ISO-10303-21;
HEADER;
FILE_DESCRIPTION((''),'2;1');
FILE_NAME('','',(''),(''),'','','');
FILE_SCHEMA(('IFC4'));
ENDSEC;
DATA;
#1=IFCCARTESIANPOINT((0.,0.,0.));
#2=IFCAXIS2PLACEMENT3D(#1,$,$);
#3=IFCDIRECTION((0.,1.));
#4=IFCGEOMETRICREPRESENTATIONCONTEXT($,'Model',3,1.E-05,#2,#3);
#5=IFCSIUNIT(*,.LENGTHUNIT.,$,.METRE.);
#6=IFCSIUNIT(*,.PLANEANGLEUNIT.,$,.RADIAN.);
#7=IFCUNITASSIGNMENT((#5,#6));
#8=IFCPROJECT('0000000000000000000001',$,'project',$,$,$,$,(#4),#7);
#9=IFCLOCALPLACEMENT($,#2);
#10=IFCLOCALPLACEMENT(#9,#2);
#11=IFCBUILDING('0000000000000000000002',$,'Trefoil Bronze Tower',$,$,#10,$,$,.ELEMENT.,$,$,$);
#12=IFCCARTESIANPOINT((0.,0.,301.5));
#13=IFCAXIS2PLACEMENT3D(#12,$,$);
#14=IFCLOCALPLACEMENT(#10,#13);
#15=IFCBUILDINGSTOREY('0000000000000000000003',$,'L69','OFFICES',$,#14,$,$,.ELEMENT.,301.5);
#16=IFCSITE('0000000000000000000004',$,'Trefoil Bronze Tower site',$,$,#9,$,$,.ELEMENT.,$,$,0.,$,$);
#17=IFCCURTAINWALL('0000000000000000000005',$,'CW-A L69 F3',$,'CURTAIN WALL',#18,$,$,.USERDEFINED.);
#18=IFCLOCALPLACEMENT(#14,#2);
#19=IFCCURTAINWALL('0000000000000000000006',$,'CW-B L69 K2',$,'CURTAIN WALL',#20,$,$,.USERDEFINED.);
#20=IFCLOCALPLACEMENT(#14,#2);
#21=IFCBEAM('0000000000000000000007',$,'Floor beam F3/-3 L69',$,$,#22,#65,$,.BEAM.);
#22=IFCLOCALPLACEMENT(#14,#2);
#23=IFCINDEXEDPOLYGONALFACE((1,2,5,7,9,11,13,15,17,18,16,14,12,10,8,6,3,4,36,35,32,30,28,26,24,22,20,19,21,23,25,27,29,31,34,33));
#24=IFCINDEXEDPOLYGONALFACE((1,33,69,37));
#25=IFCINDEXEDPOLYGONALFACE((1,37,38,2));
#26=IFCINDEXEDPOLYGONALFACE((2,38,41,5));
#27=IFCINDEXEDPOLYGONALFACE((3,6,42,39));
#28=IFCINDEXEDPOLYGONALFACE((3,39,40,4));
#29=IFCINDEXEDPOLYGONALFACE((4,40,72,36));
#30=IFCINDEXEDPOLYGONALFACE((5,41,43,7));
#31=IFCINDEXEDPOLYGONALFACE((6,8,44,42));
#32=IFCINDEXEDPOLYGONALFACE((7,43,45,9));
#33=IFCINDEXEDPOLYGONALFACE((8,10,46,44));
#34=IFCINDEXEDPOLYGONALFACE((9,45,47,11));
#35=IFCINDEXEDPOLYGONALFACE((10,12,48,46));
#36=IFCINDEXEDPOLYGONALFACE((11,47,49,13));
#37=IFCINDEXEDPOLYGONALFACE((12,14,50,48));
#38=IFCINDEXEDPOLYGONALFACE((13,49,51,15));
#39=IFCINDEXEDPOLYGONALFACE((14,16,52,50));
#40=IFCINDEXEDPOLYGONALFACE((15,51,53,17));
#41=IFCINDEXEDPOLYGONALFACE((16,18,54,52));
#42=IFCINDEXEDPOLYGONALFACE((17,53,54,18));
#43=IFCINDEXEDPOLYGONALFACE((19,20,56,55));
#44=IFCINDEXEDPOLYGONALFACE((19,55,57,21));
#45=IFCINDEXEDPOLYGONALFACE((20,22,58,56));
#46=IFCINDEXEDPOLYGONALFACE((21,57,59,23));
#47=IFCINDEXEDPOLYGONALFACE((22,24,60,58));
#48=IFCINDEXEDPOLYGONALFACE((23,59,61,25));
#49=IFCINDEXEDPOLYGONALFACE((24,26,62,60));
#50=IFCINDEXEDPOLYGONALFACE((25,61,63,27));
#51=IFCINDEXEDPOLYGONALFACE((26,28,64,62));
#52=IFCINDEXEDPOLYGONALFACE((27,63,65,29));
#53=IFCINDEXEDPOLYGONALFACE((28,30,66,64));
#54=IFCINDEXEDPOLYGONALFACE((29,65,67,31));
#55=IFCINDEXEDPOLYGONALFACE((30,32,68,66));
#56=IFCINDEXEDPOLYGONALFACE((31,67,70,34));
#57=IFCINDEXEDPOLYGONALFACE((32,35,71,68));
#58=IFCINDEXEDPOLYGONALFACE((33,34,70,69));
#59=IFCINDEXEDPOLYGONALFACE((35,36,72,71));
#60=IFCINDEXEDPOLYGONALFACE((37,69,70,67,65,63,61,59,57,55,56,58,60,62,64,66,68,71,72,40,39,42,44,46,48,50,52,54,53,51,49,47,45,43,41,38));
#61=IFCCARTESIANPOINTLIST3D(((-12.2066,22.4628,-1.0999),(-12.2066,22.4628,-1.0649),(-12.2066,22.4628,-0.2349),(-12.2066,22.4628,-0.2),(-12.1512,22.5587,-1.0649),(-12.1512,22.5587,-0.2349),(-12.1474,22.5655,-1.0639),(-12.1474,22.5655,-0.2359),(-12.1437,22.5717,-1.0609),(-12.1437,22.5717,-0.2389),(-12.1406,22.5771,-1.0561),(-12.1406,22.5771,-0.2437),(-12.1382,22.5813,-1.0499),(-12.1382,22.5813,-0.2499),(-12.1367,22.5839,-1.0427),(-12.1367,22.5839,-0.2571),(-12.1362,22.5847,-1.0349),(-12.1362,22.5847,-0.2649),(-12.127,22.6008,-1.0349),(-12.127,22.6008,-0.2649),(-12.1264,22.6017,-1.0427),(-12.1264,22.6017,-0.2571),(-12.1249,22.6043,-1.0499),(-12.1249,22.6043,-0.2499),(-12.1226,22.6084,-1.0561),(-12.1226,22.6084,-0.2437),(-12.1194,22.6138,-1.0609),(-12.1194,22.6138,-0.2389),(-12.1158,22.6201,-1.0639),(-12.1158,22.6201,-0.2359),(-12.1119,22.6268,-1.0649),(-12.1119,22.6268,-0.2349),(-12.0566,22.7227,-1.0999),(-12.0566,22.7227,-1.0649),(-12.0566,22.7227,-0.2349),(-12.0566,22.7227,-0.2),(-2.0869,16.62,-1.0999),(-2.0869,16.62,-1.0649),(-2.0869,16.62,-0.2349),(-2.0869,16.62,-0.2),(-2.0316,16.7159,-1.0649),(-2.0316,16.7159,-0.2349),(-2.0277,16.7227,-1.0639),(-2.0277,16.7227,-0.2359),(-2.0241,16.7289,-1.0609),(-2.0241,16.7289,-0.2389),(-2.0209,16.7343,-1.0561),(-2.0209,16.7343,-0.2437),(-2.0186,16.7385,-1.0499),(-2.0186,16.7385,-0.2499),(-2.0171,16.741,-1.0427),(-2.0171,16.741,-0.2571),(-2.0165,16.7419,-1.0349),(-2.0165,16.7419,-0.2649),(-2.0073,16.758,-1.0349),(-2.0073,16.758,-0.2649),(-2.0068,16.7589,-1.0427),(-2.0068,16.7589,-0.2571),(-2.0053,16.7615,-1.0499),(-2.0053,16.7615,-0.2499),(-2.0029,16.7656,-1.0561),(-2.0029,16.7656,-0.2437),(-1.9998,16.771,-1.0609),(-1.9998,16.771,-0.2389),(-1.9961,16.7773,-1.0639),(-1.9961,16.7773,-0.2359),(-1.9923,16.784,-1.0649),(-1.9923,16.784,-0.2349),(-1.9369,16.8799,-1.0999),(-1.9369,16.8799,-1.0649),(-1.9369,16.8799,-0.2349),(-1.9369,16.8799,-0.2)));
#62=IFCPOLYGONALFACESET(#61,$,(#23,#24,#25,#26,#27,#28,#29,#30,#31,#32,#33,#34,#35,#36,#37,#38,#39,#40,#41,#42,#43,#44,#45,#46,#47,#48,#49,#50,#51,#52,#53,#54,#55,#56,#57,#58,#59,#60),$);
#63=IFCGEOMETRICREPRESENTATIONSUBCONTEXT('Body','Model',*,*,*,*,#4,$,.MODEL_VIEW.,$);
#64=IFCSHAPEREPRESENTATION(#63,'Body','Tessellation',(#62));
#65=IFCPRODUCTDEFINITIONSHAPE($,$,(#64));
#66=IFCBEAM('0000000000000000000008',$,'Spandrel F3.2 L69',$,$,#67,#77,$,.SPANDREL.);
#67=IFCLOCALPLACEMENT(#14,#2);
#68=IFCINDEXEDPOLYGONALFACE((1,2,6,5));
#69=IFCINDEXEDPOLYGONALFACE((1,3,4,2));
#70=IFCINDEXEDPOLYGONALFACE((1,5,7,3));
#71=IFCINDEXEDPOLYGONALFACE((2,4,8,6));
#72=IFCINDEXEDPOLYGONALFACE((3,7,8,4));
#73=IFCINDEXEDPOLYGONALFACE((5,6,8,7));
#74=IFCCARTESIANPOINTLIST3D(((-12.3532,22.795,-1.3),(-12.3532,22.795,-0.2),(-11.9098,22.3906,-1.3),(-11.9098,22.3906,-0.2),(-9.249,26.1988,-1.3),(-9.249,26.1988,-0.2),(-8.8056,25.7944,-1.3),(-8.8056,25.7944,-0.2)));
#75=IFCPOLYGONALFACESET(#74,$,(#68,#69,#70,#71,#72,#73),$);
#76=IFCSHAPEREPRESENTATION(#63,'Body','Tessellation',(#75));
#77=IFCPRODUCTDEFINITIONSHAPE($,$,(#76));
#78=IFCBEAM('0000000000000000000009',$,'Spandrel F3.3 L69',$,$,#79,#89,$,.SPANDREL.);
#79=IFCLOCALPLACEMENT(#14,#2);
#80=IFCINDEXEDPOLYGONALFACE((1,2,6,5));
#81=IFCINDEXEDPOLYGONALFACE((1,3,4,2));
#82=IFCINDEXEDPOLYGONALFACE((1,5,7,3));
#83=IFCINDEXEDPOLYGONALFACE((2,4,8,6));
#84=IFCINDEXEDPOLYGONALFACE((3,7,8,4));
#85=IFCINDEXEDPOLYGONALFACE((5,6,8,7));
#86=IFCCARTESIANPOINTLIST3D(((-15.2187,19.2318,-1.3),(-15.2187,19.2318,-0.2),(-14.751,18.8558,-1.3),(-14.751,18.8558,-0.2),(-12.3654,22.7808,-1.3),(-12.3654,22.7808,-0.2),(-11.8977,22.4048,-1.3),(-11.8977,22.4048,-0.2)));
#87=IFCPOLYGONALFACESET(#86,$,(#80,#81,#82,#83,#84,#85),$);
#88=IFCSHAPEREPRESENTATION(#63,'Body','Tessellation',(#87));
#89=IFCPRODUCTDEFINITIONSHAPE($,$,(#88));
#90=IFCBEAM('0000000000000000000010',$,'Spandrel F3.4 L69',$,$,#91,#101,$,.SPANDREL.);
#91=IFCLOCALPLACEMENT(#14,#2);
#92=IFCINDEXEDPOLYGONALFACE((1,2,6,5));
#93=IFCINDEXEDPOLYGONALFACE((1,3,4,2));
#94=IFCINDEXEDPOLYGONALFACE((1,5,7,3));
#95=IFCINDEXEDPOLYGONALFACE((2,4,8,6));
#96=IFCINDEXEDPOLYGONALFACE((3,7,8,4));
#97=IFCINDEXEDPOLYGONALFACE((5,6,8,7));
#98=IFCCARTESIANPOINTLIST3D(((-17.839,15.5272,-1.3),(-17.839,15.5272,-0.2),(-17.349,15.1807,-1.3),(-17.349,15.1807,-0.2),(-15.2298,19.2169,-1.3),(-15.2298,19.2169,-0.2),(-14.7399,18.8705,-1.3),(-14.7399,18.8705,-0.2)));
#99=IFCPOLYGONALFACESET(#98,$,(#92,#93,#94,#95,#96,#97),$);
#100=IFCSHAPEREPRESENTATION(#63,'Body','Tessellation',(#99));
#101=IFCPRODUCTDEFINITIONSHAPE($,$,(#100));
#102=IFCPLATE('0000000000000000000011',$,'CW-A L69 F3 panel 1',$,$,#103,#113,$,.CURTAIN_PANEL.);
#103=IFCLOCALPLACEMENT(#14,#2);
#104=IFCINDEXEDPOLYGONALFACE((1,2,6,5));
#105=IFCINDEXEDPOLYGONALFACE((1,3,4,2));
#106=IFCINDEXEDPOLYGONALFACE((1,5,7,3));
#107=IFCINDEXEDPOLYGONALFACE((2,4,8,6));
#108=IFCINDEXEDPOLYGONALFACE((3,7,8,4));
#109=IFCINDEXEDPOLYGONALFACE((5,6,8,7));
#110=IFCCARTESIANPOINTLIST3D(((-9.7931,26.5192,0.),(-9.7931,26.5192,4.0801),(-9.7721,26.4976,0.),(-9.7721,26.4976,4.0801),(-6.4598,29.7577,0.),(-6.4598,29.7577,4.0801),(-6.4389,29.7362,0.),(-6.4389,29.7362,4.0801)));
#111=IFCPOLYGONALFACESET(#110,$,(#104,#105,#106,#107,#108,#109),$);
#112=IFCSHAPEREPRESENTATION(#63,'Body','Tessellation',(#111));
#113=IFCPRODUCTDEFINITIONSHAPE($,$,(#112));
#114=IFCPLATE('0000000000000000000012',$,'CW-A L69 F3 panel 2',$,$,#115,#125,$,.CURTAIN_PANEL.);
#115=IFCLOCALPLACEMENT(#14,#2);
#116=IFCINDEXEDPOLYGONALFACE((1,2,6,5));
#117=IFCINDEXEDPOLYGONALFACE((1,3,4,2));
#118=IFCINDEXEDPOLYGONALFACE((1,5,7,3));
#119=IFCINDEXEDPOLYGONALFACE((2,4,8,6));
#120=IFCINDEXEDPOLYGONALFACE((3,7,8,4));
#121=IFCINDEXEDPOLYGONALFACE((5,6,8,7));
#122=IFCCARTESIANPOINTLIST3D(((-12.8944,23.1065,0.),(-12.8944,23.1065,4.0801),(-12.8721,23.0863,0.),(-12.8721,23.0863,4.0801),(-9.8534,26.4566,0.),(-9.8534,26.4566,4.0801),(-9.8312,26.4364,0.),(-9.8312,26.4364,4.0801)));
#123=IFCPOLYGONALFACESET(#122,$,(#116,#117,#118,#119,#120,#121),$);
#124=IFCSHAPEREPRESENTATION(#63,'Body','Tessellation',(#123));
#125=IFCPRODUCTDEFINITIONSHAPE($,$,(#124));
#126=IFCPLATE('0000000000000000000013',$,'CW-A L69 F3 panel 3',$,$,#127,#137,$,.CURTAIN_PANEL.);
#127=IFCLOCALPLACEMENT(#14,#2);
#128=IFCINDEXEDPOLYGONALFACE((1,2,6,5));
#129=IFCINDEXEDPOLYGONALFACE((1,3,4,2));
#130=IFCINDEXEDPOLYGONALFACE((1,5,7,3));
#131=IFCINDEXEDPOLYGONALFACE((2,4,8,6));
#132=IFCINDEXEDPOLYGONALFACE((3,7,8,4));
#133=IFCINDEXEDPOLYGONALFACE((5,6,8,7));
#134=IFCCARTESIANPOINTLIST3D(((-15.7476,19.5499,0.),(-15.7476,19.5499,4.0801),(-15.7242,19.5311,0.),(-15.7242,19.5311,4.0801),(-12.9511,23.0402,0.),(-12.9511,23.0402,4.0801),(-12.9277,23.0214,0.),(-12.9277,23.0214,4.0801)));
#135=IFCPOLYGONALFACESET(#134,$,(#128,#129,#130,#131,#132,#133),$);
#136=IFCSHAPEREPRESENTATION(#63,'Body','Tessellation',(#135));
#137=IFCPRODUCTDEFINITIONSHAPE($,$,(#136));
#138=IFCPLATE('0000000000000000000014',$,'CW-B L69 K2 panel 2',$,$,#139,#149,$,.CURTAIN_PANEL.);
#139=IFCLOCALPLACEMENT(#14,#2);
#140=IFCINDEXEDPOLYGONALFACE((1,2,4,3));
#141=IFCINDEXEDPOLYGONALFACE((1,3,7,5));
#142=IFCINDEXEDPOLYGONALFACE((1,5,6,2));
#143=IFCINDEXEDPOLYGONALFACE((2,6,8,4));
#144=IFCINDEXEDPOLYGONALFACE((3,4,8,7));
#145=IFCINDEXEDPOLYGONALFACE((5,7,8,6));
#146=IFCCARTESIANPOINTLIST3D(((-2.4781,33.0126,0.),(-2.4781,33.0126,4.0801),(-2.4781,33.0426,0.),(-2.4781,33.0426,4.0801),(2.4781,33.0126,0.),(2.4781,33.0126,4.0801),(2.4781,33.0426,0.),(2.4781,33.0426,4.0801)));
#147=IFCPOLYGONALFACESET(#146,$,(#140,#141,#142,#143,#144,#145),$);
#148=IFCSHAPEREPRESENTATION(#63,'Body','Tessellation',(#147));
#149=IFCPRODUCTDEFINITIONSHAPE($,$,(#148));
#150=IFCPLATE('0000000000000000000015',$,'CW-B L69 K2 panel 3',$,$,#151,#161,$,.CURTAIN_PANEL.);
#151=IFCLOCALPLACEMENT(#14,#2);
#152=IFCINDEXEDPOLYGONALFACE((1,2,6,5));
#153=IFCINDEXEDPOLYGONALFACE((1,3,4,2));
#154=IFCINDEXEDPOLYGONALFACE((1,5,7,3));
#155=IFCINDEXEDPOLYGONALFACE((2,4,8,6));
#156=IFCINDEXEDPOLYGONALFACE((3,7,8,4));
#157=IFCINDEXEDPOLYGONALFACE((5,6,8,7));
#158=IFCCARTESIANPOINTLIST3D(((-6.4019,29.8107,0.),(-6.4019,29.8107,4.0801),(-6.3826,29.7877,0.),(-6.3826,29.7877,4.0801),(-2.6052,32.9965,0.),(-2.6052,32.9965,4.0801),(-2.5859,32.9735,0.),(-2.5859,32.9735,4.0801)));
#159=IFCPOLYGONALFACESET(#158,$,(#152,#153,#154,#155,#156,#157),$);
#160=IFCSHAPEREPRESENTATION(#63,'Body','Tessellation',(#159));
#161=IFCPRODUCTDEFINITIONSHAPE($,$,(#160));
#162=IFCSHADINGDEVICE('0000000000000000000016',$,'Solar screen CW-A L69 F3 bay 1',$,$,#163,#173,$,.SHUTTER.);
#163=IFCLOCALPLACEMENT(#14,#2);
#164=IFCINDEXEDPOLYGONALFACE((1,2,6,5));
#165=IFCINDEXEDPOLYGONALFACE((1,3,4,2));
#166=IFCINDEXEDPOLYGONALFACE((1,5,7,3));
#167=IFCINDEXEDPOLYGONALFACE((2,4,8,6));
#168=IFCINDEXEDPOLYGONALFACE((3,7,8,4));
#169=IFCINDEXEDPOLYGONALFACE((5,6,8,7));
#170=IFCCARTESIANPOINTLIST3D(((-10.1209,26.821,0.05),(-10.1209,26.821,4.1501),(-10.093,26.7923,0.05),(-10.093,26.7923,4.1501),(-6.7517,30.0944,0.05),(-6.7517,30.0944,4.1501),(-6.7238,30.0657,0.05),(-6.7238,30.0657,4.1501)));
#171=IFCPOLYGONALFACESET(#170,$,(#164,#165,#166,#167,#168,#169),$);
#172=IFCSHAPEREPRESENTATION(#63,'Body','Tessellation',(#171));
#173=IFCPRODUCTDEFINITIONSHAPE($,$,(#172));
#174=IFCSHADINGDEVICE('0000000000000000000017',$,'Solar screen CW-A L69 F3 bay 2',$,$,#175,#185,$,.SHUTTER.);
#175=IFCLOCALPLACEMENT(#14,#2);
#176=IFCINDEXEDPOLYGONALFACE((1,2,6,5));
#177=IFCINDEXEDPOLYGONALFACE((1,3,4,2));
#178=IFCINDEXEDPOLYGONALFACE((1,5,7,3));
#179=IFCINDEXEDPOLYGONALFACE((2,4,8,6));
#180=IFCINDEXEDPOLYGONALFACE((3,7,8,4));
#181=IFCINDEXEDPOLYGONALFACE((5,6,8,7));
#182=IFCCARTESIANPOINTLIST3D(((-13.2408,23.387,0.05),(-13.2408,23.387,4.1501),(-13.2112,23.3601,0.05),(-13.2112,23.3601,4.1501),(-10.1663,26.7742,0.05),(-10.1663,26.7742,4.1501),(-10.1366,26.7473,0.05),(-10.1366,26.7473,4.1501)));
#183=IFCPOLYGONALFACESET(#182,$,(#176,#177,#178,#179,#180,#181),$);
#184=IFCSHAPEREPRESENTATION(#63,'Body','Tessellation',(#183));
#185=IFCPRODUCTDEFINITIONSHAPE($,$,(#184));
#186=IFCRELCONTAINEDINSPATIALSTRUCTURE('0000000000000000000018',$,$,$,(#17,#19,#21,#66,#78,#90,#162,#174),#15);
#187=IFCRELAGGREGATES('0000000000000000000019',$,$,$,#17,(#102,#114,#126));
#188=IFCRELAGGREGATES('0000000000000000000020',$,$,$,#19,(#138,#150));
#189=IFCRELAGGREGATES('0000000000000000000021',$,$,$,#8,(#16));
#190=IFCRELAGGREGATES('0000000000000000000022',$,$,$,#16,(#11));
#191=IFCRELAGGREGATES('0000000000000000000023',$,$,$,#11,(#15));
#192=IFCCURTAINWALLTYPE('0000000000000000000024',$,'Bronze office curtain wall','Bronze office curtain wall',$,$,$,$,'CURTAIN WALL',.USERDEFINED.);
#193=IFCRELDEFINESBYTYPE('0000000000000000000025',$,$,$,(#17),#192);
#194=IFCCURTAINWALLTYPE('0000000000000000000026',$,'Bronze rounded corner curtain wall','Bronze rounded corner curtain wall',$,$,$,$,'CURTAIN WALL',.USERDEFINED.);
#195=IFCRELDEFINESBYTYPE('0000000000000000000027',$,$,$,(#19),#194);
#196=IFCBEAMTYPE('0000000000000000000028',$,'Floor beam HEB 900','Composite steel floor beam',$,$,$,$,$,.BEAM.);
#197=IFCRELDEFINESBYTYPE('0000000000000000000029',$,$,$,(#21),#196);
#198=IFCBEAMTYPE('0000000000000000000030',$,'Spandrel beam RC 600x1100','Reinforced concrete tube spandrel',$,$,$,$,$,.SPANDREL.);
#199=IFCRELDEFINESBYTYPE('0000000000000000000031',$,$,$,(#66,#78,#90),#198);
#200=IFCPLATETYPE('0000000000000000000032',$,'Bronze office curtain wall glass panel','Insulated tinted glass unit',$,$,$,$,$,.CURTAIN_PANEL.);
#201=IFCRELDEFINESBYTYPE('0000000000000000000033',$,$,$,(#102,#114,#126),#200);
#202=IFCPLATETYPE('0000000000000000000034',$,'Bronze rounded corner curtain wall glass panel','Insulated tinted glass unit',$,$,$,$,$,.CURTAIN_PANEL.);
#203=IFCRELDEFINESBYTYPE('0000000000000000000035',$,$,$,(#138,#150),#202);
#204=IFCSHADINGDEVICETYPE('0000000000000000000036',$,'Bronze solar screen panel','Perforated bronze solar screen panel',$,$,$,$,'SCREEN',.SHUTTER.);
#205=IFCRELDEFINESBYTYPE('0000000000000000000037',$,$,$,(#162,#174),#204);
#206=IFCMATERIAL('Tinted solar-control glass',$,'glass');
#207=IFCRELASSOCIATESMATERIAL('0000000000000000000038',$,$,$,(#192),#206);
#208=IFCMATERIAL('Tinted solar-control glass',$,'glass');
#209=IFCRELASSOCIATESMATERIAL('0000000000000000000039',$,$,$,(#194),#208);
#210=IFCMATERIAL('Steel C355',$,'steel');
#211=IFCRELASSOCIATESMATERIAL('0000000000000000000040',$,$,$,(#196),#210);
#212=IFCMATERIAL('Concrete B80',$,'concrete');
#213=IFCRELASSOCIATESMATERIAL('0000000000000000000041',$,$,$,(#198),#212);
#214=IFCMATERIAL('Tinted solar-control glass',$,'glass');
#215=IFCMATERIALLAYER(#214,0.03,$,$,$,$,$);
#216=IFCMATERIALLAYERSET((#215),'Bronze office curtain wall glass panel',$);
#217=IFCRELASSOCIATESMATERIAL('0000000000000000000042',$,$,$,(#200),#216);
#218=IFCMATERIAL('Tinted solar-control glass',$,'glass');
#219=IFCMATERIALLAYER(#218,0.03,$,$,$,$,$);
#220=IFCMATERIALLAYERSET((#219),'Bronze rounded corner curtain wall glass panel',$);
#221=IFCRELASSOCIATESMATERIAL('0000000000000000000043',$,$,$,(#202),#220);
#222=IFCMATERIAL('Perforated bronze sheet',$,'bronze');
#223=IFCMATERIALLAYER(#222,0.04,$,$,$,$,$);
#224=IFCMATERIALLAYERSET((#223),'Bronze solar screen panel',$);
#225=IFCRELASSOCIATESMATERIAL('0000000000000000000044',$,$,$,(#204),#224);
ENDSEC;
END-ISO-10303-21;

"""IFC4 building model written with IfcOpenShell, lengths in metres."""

from ifc_helpers import new_model, si_unit, direction, frame, origin, origin_2d, place, context, subcontext, project, spatial, rectangle, i_section, extrude, material, layer, layer_set, material_profile, profile_set, type_object, element, aggregate, save


model = new_model("IFC4")

# Units and contexts
model_context = context("Model", 3, precision=1e-05, world=origin(), true_north=direction((0.0, 1.0)))
body_context = subcontext(model_context, "Body", "Model", "MODEL_VIEW")
ifc_project = project(units=[si_unit("LENGTHUNIT", "METRE"), si_unit("PLANEANGLEUNIT", "RADIAN")], contexts=[model_context])

# Site, building, storey
site_placement = place(None, origin())
site = spatial("IfcSite", under=ifc_project, at=site_placement, Name="Trefoil Bronze Tower site", CompositionType="ELEMENT", RefElevation=0.0)
building_placement = place(site_placement, origin())
building = spatial("IfcBuilding", under=site, at=building_placement, Name="Trefoil Bronze Tower", CompositionType="ELEMENT")
storey_placement = place(building_placement, frame((0.0, 0.0, 301.5)))
storey = spatial("IfcBuildingStorey", under=building, at=storey_placement, Name="L69", Description="OFFICES", CompositionType="ELEMENT", Elevation=301.5)

# Curtain walls
ifc_material_1 = material(Name="Tinted solar-control glass", Category="glass")
curtain_wall_type_1 = type_object("IfcCurtainWallType", Name="Bronze office curtain wall", Description="Bronze office curtain wall", ElementType="CURTAIN WALL", PredefinedType="USERDEFINED", material=ifc_material_1)
curtain_wall_1_placement = place(storey_placement, origin())
curtain_wall_1 = element("IfcCurtainWall", 1, at=curtain_wall_1_placement, inside=storey, type_object=curtain_wall_type_1, Name="CW-A L69 F3", ObjectType="CURTAIN WALL", PredefinedType="USERDEFINED")
ifc_material_2 = material(Name="Tinted solar-control glass", Category="glass")
curtain_wall_type_2 = type_object("IfcCurtainWallType", Name="Bronze rounded corner curtain wall", Description="Bronze rounded corner curtain wall", ElementType="CURTAIN WALL", PredefinedType="USERDEFINED", material=ifc_material_2)
curtain_wall_2_placement = place(storey_placement, origin())
curtain_wall_2 = element("IfcCurtainWall", 2, at=curtain_wall_2_placement, inside=storey, type_object=curtain_wall_type_2, Name="CW-B L69 K2", ObjectType="CURTAIN WALL", PredefinedType="USERDEFINED")

# Beams
ifc_material_3 = material(Name="Steel C355", Category="steel")
ifc_material_profile_1 = material_profile(ifc_material_3, i_section(OverallWidth=0.3, OverallDepth=0.8999, WebThickness=0.0186, FlangeThickness=0.0349, FilletRadius=0.03, at=origin_2d()), Name="HEB 900")
ifc_profile_set_1 = profile_set([ifc_material_profile_1], Name="Steel C355")
beam_type_1 = type_object("IfcBeamType", Name="Floor beam HEB 900", Description="Composite steel floor beam", PredefinedType="BEAM", material=ifc_profile_set_1)
beam_1_placement = place(storey_placement, frame((-12.1316, 22.5928, -0.6499), z_axis=(0.866018, -0.500013, 0.0), x_axis=(0.500013, 0.866018, 0.0)))
element("IfcBeam", 3, at=beam_1_placement, inside=storey, type_object=beam_type_1, Name="Floor beam F3/-3 L69", PredefinedType="BEAM", context=body_context, shape_type="SweptSolid", body=[
    extrude(i_section(OverallWidth=0.3, OverallDepth=0.8999, WebThickness=0.0186, FlangeThickness=0.0349, FilletRadius=0.03, at=origin_2d()), origin(), (0.0, 0.0, 1.0), 11.6853),
])
ifc_material_4 = material(Name="Concrete B80", Category="concrete")
ifc_material_profile_2 = material_profile(ifc_material_4, rectangle(XDim=0.6001, YDim=1.1001, at=origin_2d()), Name="RC 600x1100")
ifc_profile_set_2 = profile_set([ifc_material_profile_2], Name="Concrete B80")
beam_type_2 = type_object("IfcBeamType", Name="Spandrel beam RC 600x1100", Description="Reinforced concrete tube spandrel", PredefinedType="SPANDREL", material=ifc_profile_set_2)
beam_2_placement = place(storey_placement, frame((-9.0273, 25.9966, -0.75), z_axis=(-0.673846, -0.738872, 0.0), x_axis=(0.738872, -0.673846, 0.0)))
element("IfcBeam", 4, at=beam_2_placement, inside=storey, type_object=beam_type_2, Name="Spandrel F3.2 L69", PredefinedType="SPANDREL", context=body_context, shape_type="SweptSolid", body=[
    extrude(rectangle(XDim=0.6001, YDim=1.1001, at=origin_2d()), origin(), (0.0, 0.0, 1.0), 4.6067),
])
beam_3_placement = place(storey_placement, frame((-12.1316, 22.5928, -0.75), z_axis=(-0.62657, -0.779365, 0.0), x_axis=(0.779365, -0.62657, 0.0)))
element("IfcBeam", 5, at=beam_3_placement, inside=storey, type_object=beam_type_2, Name="Spandrel F3.3 L69", PredefinedType="SPANDREL", context=body_context, shape_type="SweptSolid", body=[
    extrude(rectangle(XDim=0.6001, YDim=1.1001, at=origin_2d()), origin(), (0.0, 0.0, 1.0), 4.5537),
])
beam_4_placement = place(storey_placement, frame((-14.9849, 19.0437, -0.75), z_axis=(-0.577368, -0.816484, 0.0), x_axis=(0.816484, -0.577368, 0.0)))
element("IfcBeam", 6, at=beam_4_placement, inside=storey, type_object=beam_type_2, Name="Spandrel F3.4 L69", PredefinedType="SPANDREL", context=body_context, shape_type="SweptSolid", body=[
    extrude(rectangle(XDim=0.6001, YDim=1.1001, at=origin_2d()), origin(), (0.0, 0.0, 1.0), 4.519),
])

# Plates
ifc_material_5 = material(Name="Tinted solar-control glass", Category="glass")
ifc_layer_1 = layer(ifc_material_5, 0.03)
ifc_layer_set_1 = layer_set([ifc_layer_1], Name="Bronze office curtain wall glass panel")
plate_type_1 = type_object("IfcPlateType", Name="Bronze office curtain wall glass panel", Description="Insulated tinted glass unit", PredefinedType="CURTAIN_PANEL", material=ifc_layer_set_1)
plate_1_placement = place(storey_placement, frame((-8.116, 28.1277, 0.0), z_axis=(0.0, 0.0, 1.0), x_axis=(-0.717218, -0.696849, 0.0)))
plate_1 = element("IfcPlate", 7, at=plate_1_placement, type_object=plate_type_1, Name="CW-A L69 F3 panel 1", PredefinedType="CURTAIN_PANEL", context=body_context, shape_type="SweptSolid", body=[
    extrude(rectangle(XDim=4.6475, YDim=0.03, at=origin_2d()), origin(), (0.0, 0.0, 1.0), 4.0801),
])
plate_2_placement = place(storey_placement, frame((-11.3628, 24.7715, 0.0), z_axis=(0.0, 0.0, 1.0), x_axis=(-0.672115, -0.740447, 0.0)))
plate_2 = element("IfcPlate", 8, at=plate_2_placement, type_object=plate_type_1, Name="CW-A L69 F3 panel 2", PredefinedType="CURTAIN_PANEL", context=body_context, shape_type="SweptSolid", body=[
    extrude(rectangle(XDim=4.5244, YDim=0.03, at=origin_2d()), origin(), (0.0, 0.0, 1.0), 4.0801),
])
plate_3_placement = place(storey_placement, frame((-14.3376, 21.2856, 0.0), z_axis=(0.0, 0.0, 1.0), x_axis=(-0.625287, -0.780395, 0.0)))
plate_3 = element("IfcPlate", 9, at=plate_3_placement, type_object=plate_type_1, Name="CW-A L69 F3 panel 3", PredefinedType="CURTAIN_PANEL", context=body_context, shape_type="SweptSolid", body=[
    extrude(rectangle(XDim=4.4724, YDim=0.03, at=origin_2d()), origin(), (0.0, 0.0, 1.0), 4.0801),
])
aggregate(curtain_wall_1, [plate_1, plate_2, plate_3])
ifc_material_6 = material(Name="Tinted solar-control glass", Category="glass")
ifc_layer_2 = layer(ifc_material_6, 0.03)
ifc_layer_set_2 = layer_set([ifc_layer_2], Name="Bronze rounded corner curtain wall glass panel")
plate_type_2 = type_object("IfcPlateType", Name="Bronze rounded corner curtain wall glass panel", Description="Insulated tinted glass unit", PredefinedType="CURTAIN_PANEL", material=ifc_layer_set_2)
plate_4_placement = place(storey_placement, frame((0.0, 33.0276, 0.0), z_axis=(0.0, 0.0, 1.0), x_axis=(-1.0, 0.0, 0.0)))
plate_4 = element("IfcPlate", 10, at=plate_4_placement, type_object=plate_type_2, Name="CW-B L69 K2 panel 2", PredefinedType="CURTAIN_PANEL", context=body_context, shape_type="SweptSolid", body=[
    extrude(rectangle(XDim=4.9563, YDim=0.03, at=origin_2d()), origin(), (0.0, 0.0, 1.0), 4.0801),
])
plate_5_placement = place(storey_placement, frame((-4.4939, 31.3921, 0.0), z_axis=(0.0, 0.0, 1.0), x_axis=(-0.766044, -0.642788, 0.0)))
plate_5 = element("IfcPlate", 11, at=plate_5_placement, type_object=plate_type_2, Name="CW-B L69 K2 panel 3", PredefinedType="CURTAIN_PANEL", context=body_context, shape_type="SweptSolid", body=[
    extrude(rectangle(XDim=4.9563, YDim=0.03, at=origin_2d()), origin(), (0.0, 0.0, 1.0), 4.0801),
])
aggregate(curtain_wall_2, [plate_4, plate_5])

# Shading devices
ifc_material_7 = material(Name="Perforated bronze sheet", Category="bronze")
ifc_layer_3 = layer(ifc_material_7, 0.04)
ifc_layer_set_3 = layer_set([ifc_layer_3], Name="Bronze solar screen panel")
shading_device_type = type_object("IfcShadingDeviceType", Name="Bronze solar screen panel", Description="Perforated bronze solar screen panel", ElementType="SCREEN", PredefinedType="SHUTTER", material=ifc_layer_set_3)
shading_device_1_placement = place(storey_placement, frame((-8.4224, 28.4434, 0.05), z_axis=(0.0, 0.0, 1.0), x_axis=(-0.717218, -0.696849, 0.0)))
element("IfcShadingDevice", 12, at=shading_device_1_placement, inside=storey, type_object=shading_device_type, Name="Solar screen CW-A L69 F3 bay 1", PredefinedType="SHUTTER", context=body_context, shape_type="SweptSolid", body=[
    extrude(rectangle(XDim=4.6975, YDim=0.04, at=origin_2d()), origin(), (0.0, 0.0, 1.0), 4.1001),
])
shading_device_2_placement = place(storey_placement, frame((-11.6887, 25.0671, 0.05), z_axis=(0.0, 0.0, 1.0), x_axis=(-0.672115, -0.740447, 0.0)))
element("IfcShadingDevice", 13, at=shading_device_2_placement, inside=storey, type_object=shading_device_type, Name="Solar screen CW-A L69 F3 bay 2", PredefinedType="SHUTTER", context=body_context, shape_type="SweptSolid", body=[
    extrude(rectangle(XDim=4.5745, YDim=0.04, at=origin_2d()), origin(), (0.0, 0.0, 1.0), 4.1001),
])

save(model, "model.ifc")
